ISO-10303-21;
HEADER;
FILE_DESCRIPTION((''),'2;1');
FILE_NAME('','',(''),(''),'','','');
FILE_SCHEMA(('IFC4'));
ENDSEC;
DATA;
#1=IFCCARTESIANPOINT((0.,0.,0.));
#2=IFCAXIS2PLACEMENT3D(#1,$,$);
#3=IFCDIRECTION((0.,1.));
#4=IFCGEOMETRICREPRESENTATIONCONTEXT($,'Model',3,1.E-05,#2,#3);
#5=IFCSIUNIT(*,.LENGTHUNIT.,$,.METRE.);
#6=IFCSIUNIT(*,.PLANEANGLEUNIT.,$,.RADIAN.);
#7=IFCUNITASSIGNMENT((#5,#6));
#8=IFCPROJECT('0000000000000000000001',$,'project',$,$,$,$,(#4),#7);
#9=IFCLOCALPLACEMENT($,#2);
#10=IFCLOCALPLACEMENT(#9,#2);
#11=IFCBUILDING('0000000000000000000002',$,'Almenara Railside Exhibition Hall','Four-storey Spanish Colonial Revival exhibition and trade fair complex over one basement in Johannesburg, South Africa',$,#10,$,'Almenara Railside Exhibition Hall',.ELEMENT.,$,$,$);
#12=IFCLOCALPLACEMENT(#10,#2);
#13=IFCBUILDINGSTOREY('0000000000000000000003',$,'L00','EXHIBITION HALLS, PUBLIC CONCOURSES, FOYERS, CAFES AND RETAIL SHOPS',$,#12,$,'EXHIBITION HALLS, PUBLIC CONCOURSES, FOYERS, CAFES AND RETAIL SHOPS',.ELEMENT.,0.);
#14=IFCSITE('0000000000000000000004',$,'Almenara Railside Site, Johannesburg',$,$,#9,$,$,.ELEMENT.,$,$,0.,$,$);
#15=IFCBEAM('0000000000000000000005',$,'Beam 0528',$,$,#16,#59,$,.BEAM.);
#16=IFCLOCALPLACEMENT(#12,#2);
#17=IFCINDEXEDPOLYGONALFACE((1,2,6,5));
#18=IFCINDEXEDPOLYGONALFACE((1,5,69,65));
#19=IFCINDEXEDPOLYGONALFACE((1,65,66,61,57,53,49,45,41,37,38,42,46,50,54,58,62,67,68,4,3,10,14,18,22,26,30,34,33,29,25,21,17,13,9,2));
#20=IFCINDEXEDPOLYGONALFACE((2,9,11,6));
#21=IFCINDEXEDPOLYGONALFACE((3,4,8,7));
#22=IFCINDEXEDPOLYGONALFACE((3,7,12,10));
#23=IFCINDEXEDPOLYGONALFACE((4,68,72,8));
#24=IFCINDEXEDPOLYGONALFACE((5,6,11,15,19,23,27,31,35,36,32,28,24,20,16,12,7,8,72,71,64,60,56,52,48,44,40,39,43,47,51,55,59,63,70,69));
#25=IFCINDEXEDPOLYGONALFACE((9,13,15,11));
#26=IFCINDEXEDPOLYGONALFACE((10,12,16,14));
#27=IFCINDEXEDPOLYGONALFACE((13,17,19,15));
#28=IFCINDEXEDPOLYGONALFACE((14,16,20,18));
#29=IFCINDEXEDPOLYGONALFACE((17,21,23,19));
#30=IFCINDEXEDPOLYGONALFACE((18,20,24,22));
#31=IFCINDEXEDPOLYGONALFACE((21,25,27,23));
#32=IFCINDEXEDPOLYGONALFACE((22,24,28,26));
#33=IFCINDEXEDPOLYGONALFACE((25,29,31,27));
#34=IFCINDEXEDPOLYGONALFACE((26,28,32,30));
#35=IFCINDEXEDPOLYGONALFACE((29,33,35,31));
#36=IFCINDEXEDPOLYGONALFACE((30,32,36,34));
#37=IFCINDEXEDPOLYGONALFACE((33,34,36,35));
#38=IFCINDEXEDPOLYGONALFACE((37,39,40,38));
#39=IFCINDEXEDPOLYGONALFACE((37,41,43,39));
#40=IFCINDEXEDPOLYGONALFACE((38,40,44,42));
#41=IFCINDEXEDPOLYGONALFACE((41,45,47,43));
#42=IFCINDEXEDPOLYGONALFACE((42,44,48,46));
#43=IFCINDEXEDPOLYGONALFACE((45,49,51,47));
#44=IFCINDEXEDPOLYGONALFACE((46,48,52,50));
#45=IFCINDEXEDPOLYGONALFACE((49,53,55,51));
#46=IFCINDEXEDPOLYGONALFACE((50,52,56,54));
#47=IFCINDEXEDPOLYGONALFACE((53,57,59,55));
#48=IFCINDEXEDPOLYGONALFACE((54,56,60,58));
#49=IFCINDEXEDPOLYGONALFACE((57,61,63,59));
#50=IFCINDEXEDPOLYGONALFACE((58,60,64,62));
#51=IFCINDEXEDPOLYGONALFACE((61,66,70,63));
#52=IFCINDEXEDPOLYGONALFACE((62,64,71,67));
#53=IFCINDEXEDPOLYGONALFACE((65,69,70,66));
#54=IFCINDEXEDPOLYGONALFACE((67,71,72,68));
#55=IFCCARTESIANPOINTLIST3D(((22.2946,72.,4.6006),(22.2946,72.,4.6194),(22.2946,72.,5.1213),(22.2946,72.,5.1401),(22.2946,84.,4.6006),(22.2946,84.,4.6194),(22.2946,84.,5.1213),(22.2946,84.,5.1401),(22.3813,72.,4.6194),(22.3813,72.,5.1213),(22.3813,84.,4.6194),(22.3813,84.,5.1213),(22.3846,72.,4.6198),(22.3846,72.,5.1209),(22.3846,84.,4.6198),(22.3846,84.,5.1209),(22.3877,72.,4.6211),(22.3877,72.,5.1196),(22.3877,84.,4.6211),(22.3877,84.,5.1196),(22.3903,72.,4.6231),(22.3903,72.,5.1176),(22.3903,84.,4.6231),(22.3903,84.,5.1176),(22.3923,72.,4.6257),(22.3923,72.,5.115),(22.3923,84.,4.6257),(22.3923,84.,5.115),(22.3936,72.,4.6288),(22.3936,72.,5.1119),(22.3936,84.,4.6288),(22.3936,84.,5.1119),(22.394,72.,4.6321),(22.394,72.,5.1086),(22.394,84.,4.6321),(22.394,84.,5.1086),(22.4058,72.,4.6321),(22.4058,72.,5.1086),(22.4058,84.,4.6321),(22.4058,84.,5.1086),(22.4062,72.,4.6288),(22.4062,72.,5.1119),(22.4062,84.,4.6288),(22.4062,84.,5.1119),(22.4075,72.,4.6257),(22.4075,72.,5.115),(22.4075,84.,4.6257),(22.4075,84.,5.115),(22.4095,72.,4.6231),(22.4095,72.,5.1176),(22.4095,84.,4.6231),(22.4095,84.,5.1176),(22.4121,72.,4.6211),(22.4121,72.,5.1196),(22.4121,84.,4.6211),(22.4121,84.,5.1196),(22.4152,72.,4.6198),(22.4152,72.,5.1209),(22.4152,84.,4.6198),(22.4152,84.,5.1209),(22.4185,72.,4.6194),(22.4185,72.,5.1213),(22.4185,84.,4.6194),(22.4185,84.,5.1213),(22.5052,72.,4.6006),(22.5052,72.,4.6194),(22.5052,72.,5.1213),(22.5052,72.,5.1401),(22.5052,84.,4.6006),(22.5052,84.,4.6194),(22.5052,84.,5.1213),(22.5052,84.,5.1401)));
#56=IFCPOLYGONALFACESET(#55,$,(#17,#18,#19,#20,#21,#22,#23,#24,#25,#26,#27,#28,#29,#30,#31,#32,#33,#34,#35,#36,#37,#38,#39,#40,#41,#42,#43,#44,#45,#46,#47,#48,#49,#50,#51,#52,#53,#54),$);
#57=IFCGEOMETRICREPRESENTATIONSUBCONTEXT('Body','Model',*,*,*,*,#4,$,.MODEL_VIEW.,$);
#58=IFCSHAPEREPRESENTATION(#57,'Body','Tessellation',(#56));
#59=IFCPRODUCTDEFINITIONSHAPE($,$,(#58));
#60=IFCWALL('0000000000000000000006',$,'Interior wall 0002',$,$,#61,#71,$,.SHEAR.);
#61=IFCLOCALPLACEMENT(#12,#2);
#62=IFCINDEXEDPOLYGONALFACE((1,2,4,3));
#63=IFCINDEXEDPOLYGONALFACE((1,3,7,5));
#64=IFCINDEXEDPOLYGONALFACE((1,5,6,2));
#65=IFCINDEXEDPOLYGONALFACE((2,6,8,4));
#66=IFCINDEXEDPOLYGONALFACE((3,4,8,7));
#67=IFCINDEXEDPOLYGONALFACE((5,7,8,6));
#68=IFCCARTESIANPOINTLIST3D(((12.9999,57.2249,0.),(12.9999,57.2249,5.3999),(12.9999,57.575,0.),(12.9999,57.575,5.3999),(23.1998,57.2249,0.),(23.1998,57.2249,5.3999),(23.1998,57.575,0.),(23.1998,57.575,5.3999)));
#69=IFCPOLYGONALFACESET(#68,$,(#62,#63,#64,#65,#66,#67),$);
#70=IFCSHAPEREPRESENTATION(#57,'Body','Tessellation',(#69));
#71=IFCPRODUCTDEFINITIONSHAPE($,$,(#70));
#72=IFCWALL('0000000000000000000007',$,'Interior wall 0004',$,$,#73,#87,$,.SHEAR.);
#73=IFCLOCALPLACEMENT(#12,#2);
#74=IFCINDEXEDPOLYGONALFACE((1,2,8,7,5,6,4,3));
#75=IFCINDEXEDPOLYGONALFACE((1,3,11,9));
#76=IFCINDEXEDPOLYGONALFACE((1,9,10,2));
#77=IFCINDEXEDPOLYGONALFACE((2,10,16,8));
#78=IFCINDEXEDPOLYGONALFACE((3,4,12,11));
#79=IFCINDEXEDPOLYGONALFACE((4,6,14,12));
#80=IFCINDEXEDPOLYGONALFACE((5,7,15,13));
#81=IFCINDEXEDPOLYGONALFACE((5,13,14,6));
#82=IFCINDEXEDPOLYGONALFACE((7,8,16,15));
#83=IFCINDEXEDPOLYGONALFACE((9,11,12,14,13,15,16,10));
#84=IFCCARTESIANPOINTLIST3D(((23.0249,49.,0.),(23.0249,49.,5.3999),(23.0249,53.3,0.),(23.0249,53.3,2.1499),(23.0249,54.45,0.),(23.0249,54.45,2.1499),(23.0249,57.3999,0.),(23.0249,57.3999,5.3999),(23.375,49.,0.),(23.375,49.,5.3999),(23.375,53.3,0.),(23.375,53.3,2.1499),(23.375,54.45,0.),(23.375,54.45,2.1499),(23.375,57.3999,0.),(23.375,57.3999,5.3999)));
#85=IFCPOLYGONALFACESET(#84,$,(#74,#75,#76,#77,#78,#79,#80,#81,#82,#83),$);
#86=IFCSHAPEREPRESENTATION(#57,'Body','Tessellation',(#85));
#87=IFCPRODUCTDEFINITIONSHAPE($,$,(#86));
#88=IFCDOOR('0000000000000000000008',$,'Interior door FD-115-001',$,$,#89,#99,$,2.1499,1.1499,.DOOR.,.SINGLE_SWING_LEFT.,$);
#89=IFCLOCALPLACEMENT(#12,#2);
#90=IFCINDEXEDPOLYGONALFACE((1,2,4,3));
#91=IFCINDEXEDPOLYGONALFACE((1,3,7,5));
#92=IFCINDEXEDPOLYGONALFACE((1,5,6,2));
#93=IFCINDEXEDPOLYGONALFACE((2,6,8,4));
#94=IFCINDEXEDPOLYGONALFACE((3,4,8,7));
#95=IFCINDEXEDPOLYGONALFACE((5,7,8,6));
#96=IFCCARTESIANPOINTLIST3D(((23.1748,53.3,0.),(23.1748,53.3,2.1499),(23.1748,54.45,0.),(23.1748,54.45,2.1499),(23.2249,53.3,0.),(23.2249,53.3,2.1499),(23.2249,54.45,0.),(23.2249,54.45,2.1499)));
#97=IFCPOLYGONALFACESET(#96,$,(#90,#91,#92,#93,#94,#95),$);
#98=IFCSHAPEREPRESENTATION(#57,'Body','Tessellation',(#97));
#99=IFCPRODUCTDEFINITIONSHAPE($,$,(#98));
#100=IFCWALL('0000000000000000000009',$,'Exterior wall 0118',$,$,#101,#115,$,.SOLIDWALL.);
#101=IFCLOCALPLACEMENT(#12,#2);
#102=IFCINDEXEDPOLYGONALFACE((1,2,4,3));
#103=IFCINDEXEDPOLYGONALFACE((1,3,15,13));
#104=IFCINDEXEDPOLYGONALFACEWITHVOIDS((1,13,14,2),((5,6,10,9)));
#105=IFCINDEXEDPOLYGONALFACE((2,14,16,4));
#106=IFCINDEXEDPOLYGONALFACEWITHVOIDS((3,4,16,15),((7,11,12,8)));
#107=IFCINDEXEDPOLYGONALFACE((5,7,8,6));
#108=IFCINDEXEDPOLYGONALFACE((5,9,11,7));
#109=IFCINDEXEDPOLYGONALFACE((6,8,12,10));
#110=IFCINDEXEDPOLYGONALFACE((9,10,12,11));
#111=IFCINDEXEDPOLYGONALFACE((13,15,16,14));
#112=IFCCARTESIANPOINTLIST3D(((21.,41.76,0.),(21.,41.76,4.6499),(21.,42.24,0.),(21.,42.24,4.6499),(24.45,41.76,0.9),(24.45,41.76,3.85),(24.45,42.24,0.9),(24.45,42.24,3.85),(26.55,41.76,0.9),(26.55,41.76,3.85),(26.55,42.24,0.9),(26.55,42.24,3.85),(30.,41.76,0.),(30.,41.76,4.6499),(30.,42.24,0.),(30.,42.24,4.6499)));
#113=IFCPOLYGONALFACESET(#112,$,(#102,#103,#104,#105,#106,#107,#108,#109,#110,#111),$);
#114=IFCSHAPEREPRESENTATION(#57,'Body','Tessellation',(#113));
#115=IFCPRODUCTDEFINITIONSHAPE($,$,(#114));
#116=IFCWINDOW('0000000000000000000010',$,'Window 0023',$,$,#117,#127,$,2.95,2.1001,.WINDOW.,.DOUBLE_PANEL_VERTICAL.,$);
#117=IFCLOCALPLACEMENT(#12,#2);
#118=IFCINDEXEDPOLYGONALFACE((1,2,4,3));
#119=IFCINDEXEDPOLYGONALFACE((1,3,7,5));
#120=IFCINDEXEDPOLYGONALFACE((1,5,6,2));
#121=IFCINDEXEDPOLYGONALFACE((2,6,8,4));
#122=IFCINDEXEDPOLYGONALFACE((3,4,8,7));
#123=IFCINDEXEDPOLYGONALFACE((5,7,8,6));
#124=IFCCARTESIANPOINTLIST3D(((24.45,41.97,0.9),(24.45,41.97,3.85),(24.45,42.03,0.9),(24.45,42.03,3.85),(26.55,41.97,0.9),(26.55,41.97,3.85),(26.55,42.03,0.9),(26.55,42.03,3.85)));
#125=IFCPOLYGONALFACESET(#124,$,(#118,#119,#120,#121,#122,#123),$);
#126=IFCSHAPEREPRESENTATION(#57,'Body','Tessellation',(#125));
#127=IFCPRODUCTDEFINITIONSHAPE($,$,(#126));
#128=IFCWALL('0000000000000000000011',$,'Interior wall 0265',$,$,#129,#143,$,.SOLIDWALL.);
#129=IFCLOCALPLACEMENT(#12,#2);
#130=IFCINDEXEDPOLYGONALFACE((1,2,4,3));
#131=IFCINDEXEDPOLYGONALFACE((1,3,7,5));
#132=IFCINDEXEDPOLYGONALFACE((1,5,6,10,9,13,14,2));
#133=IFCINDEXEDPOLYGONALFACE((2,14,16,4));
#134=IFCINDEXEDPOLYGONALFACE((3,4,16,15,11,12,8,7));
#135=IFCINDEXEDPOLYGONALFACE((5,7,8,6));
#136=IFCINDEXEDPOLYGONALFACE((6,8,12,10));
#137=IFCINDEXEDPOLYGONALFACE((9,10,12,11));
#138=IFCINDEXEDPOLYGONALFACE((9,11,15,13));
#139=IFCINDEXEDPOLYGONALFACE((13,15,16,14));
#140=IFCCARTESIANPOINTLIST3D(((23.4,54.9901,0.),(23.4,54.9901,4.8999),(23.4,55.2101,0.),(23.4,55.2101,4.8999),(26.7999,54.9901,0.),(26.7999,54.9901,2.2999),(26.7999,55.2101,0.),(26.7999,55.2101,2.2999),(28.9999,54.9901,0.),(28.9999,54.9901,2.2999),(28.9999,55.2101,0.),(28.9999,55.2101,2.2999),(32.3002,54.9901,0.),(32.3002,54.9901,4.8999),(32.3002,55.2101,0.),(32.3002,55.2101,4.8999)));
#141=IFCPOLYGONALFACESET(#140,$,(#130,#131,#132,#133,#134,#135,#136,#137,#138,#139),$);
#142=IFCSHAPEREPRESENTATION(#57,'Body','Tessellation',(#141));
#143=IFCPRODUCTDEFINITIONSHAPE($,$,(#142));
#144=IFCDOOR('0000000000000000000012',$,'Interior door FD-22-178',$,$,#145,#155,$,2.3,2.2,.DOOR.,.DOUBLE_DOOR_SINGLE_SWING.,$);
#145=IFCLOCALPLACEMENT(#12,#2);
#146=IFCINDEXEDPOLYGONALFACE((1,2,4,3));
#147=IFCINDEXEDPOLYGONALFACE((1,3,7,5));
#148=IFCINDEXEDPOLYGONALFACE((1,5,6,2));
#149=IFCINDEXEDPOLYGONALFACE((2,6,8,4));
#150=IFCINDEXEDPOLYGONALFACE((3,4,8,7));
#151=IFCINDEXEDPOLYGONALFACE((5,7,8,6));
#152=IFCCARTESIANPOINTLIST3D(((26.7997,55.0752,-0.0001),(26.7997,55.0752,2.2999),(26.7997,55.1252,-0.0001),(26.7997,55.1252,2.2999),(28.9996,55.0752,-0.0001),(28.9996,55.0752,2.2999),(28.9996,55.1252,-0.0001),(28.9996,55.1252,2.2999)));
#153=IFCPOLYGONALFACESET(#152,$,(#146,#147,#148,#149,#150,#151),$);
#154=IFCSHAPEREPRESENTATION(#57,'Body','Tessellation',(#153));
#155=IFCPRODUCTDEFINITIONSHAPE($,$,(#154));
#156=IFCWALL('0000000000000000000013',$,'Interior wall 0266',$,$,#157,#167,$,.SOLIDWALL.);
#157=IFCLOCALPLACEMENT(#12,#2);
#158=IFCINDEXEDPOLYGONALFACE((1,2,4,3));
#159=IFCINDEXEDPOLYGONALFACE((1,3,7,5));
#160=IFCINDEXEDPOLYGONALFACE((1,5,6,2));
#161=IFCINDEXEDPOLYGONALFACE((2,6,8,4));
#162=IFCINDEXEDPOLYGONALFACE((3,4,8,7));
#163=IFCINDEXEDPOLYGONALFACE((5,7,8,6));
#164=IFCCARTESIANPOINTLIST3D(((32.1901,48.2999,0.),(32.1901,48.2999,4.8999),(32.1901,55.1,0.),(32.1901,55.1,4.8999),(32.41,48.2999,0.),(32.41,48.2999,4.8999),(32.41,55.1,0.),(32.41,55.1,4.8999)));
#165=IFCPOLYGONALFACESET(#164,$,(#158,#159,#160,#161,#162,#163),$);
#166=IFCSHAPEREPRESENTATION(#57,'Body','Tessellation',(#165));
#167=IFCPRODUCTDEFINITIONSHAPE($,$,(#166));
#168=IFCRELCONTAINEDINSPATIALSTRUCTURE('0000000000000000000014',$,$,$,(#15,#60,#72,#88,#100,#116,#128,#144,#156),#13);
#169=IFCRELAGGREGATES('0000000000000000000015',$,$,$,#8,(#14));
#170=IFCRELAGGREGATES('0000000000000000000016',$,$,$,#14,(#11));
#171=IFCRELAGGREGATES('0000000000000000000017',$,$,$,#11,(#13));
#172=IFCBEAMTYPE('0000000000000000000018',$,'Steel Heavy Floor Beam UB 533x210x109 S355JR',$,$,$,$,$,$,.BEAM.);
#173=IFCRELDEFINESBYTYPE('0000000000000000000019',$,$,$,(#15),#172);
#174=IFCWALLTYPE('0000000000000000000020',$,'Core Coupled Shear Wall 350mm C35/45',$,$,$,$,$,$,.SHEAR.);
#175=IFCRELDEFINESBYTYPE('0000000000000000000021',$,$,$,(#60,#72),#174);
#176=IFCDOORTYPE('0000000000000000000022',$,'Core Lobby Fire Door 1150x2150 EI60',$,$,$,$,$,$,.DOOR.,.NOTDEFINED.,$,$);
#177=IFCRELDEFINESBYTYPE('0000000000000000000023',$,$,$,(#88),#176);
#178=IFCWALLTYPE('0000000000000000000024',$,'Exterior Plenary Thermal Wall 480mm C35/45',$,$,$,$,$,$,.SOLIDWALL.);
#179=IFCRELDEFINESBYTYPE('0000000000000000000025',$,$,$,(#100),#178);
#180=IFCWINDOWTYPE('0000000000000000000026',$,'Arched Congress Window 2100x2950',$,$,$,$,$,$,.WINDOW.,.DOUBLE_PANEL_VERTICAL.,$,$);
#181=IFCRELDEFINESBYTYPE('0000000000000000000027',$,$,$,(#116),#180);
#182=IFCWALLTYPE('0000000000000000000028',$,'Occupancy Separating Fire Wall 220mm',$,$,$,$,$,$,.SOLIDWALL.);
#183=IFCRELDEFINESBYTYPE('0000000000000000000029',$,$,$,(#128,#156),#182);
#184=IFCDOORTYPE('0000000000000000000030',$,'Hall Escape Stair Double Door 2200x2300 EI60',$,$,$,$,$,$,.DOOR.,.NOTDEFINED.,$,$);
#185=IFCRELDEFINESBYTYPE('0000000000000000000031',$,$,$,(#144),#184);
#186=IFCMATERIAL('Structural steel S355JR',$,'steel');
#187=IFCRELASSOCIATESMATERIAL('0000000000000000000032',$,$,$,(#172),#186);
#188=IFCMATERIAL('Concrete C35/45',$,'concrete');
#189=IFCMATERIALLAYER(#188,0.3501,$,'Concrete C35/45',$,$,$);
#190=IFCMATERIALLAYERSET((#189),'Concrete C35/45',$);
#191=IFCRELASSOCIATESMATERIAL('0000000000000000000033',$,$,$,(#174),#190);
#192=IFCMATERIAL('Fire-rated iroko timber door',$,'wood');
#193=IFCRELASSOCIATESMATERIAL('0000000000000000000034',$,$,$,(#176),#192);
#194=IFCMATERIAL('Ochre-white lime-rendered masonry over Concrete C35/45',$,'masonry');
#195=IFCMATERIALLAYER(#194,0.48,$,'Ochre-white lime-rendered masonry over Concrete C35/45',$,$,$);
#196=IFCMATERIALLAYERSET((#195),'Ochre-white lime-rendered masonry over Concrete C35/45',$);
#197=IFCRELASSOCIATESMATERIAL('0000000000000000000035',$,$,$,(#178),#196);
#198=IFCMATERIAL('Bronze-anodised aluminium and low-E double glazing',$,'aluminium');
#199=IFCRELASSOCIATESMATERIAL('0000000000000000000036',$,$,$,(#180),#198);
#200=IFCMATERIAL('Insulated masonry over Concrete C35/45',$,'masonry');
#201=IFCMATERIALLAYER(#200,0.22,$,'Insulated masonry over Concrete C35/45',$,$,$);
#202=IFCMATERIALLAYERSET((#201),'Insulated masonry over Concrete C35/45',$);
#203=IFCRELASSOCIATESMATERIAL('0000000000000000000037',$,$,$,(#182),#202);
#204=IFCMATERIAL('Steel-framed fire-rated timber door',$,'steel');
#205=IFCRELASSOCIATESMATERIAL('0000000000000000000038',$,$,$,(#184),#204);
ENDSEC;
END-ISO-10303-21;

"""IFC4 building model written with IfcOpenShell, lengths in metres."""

from ifc_helpers import new_model, si_unit, direction, frame, frame_2d, origin, origin_2d, place, context, subcontext, project, spatial, rectangle, i_section, extrude, material, layer, layer_set, material_profile, profile_set, type_object, element, fill, save


model = new_model("IFC4")

# Units and contexts
model_context = context("Model", 3, precision=1e-05, world=origin(), true_north=direction((0.0, 1.0)))
body_context = subcontext(model_context, "Body", "Model", "MODEL_VIEW")
ifc_project = project(units=[si_unit("LENGTHUNIT", "METRE"), si_unit("PLANEANGLEUNIT", "RADIAN")], contexts=[model_context])

# Site, building, storey
site_placement = place(None, origin())
site = spatial("IfcSite", under=ifc_project, at=site_placement, Name="Almenara Railside Site, Johannesburg", CompositionType="ELEMENT", RefElevation=0.0)
building_placement = place(site_placement, origin())
building = spatial("IfcBuilding", under=site, at=building_placement, Name="Almenara Railside Exhibition Hall", Description="Four-storey Spanish Colonial Revival exhibition and trade fair complex over one basement in Johannesburg, South Africa", LongName="Almenara Railside Exhibition Hall", CompositionType="ELEMENT")
storey_placement = place(building_placement, origin())
storey = spatial("IfcBuildingStorey", under=building, at=storey_placement, Name="L00", Description="EXHIBITION HALLS, PUBLIC CONCOURSES, FOYERS, CAFES AND RETAIL SHOPS", LongName="EXHIBITION HALLS, PUBLIC CONCOURSES, FOYERS, CAFES AND RETAIL SHOPS", CompositionType="ELEMENT", Elevation=0.0)

# Beam
ifc_material_1 = material(Name="Structural steel S355JR", Category="steel")
ifc_material_profile_1 = material_profile(ifc_material_1, i_section(OverallWidth=0.2107, OverallDepth=0.5396, WebThickness=0.0117, FlangeThickness=0.0188, FilletRadius=0.0127, at=origin_2d()), Name="UB 533x210x109")
ifc_profile_set_1 = profile_set([ifc_material_profile_1], Name="Structural steel S355JR")
beam_type_1 = type_object("IfcBeamType", Name="Steel Heavy Floor Beam UB 533x210x109 S355JR", PredefinedType="BEAM", material=ifc_profile_set_1)
for number, where, z_axis, x_axis, name in (
    (1, (22.3999, 72.0, 4.8704), (0.0, 1.0, 0.0), (-1.0, 0.0, 0.0), "Beam 0528"),
):
    element("IfcBeam", number, at=place(storey_placement, frame(where, z_axis=z_axis, x_axis=x_axis)), inside=storey, type_object=beam_type_1, Name=name, PredefinedType="BEAM", context=body_context, shape_type="SweptSolid", body=[
        extrude(i_section(OverallWidth=0.2107, OverallDepth=0.5396, WebThickness=0.0117, FlangeThickness=0.0188, FilletRadius=0.0127, at=origin_2d()), origin(), (0.0, 0.0, 1.0), 12.0),
    ])

# Wall
ifc_material_2 = material(Name="Concrete C35/45", Category="concrete")
ifc_layer_1 = layer(ifc_material_2, 0.3501, Name="Concrete C35/45")
ifc_layer_set_1 = layer_set([ifc_layer_1], Name="Concrete C35/45")
wall_type_1 = type_object("IfcWallType", Name="Core Coupled Shear Wall 350mm C35/45", PredefinedType="SHEAR", material=ifc_layer_set_1)
wall_1_placement = place(storey_placement, frame((23.2, 57.3999, 0.0), z_axis=(0.0, 0.0, 1.0), x_axis=(-1.0, 0.0, 0.0)))
element("IfcWall", 2, at=wall_1_placement, inside=storey, type_object=wall_type_1, Name="Interior wall 0002", PredefinedType="SHEAR", context=body_context, shape_type="SweptSolid", body=[
    extrude(rectangle(XDim=10.2, YDim=0.3501, at=frame_2d((5.1001, 0.0))), origin(), (0.0, 0.0, 1.0), 5.3999),
])

# Wall, opening, door
wall_2_placement = place(storey_placement, frame((23.2, 49.0, 0.0), z_axis=(0.0, 0.0, 1.0), x_axis=(0.0, 1.0, 0.0)))
wall_2 = element("IfcWall", 3, at=wall_2_placement, inside=storey, type_object=wall_type_1, Name="Interior wall 0004", PredefinedType="SHEAR", context=body_context, shape_type="SweptSolid", body=[
    extrude(rectangle(XDim=8.3999, YDim=0.3501, at=frame_2d((4.2, 0.0))), origin(), (0.0, 0.0, 1.0), 5.3999),
])
opening_1_placement = place(wall_2_placement, frame((4.3, 0.0, 0.0)))
opening_1 = element("IfcOpeningElement", 4, at=opening_1_placement, cuts=wall_2, PredefinedType="OPENING", context=body_context, shape_type="SweptSolid", body=[
    extrude(rectangle(XDim=1.1499, YDim=2.1499, at=frame_2d((0.575, 1.075))), frame((0.0, 0.1851, 0.0), z_axis=(0.0, -1.0, 0.0), x_axis=(1.0, 0.0, 0.0)), (0.0, 0.0, 1.0), 0.3701),
])
ifc_material_3 = material(Name="Fire-rated iroko timber door", Category="wood")
door_type_1 = type_object("IfcDoorType", Name="Core Lobby Fire Door 1150x2150 EI60", OperationType="NOTDEFINED", PredefinedType="DOOR", material=ifc_material_3)
door_1_placement = place(opening_1_placement, frame((1.1499, 0.0, 0.0), z_axis=(0.0, 0.0, 1.0), x_axis=(-1.0, 0.0, 0.0)))
door_1 = element("IfcDoor", 5, at=door_1_placement, inside=storey, type_object=door_type_1, Name="Interior door FD-115-001", OperationType="SINGLE_SWING_LEFT", OverallHeight=2.1499, OverallWidth=1.1499, PredefinedType="DOOR", context=body_context, shape_type="SweptSolid", body=[
    extrude(rectangle(XDim=1.1499, YDim=2.1499, at=frame_2d((0.575, 1.075))), frame((0.0, 0.0249, 0.0), z_axis=(0.0, -1.0, 0.0), x_axis=(1.0, 0.0, 0.0)), (0.0, 0.0, 1.0), 0.05),
])
fill(opening_1, door_1)

# Wall, opening, window
ifc_material_4 = material(Name="Ochre-white lime-rendered masonry over Concrete C35/45", Category="masonry")
ifc_layer_2 = layer(ifc_material_4, 0.48, Name="Ochre-white lime-rendered masonry over Concrete C35/45")
ifc_layer_set_2 = layer_set([ifc_layer_2], Name="Ochre-white lime-rendered masonry over Concrete C35/45")
wall_type_2 = type_object("IfcWallType", Name="Exterior Plenary Thermal Wall 480mm C35/45", PredefinedType="SOLIDWALL", material=ifc_layer_set_2)
wall_3_placement = place(storey_placement, frame((30.0, 42.0, 0.0), z_axis=(0.0, 0.0, 1.0), x_axis=(-1.0, 0.0, 0.0)))
wall_3 = element("IfcWall", 6, at=wall_3_placement, inside=storey, type_object=wall_type_2, Name="Exterior wall 0118", PredefinedType="SOLIDWALL", context=body_context, shape_type="SweptSolid", body=[
    extrude(rectangle(XDim=9.0, YDim=0.48, at=frame_2d((4.5, 0.0))), origin(), (0.0, 0.0, 1.0), 4.6499),
])
opening_2_placement = place(wall_3_placement, frame((3.45, 0.0, 0.8999)))
opening_2 = element("IfcOpeningElement", 7, at=opening_2_placement, cuts=wall_3, PredefinedType="OPENING", context=body_context, shape_type="SweptSolid", body=[
    extrude(rectangle(XDim=2.1001, YDim=2.95, at=frame_2d((1.05, 1.4751))), frame((0.0, 0.25, 0.0), z_axis=(0.0, -1.0, 0.0), x_axis=(1.0, 0.0, 0.0)), (0.0, 0.0, 1.0), 0.5),
])
ifc_material_5 = material(Name="Bronze-anodised aluminium and low-E double glazing", Category="aluminium")
window_type = type_object("IfcWindowType", Name="Arched Congress Window 2100x2950", PartitioningType="DOUBLE_PANEL_VERTICAL", PredefinedType="WINDOW", material=ifc_material_5)
window_placement = place(opening_2_placement, origin())
window = element("IfcWindow", 8, at=window_placement, inside=storey, type_object=window_type, Name="Window 0023", OverallHeight=2.95, OverallWidth=2.1001, PartitioningType="DOUBLE_PANEL_VERTICAL", PredefinedType="WINDOW", context=body_context, shape_type="SweptSolid", body=[
    extrude(rectangle(XDim=2.1001, YDim=2.95, at=frame_2d((1.05, 1.4751))), frame((0.0, 0.03, 0.0), z_axis=(0.0, -1.0, 0.0), x_axis=(1.0, 0.0, 0.0)), (0.0, 0.0, 1.0), 0.0601),
])
fill(opening_2, window)

# Wall, opening, door
ifc_material_6 = material(Name="Insulated masonry over Concrete C35/45", Category="masonry")
ifc_layer_3 = layer(ifc_material_6, 0.22, Name="Insulated masonry over Concrete C35/45")
ifc_layer_set_3 = layer_set([ifc_layer_3], Name="Insulated masonry over Concrete C35/45")
wall_type_3 = type_object("IfcWallType", Name="Occupancy Separating Fire Wall 220mm", PredefinedType="SOLIDWALL", material=ifc_layer_set_3)
wall_4_placement = place(storey_placement, frame((23.3999, 55.1001, 0.0), z_axis=(0.0, 0.0, 1.0), x_axis=(1.0, 0.0, 0.0)))
wall_4 = element("IfcWall", 9, at=wall_4_placement, inside=storey, type_object=wall_type_3, Name="Interior wall 0265", PredefinedType="SOLIDWALL", context=body_context, shape_type="SweptSolid", body=[
    extrude(rectangle(XDim=8.9001, YDim=0.22, at=frame_2d((4.4502, 0.0))), origin(), (0.0, 0.0, 1.0), 4.8999),
])
opening_3_placement = place(wall_4_placement, frame((3.3999, 0.0, 0.0)))
opening_3 = element("IfcOpeningElement", 10, at=opening_3_placement, cuts=wall_4, PredefinedType="OPENING", context=body_context, shape_type="SweptSolid", body=[
    extrude(rectangle(XDim=2.2, YDim=2.3, at=frame_2d((1.1001, 1.1499))), frame((0.0, 0.1199, 0.0), z_axis=(0.0, -1.0, 0.0), x_axis=(1.0, 0.0, 0.0)), (0.0, 0.0, 1.0), 0.24),
])
ifc_material_7 = material(Name="Steel-framed fire-rated timber door", Category="steel")
door_type_2 = type_object("IfcDoorType", Name="Hall Escape Stair Double Door 2200x2300 EI60", OperationType="NOTDEFINED", PredefinedType="DOOR", material=ifc_material_7)
door_2_placement = place(opening_3_placement, frame((2.2, 0.0, 0.0), z_axis=(0.0, 0.0, 1.0), x_axis=(-1.0, 0.0, 0.0)))
door_2 = element("IfcDoor", 11, at=door_2_placement, inside=storey, type_object=door_type_2, Name="Interior door FD-22-178", OperationType="DOUBLE_DOOR_SINGLE_SWING", OverallHeight=2.3, OverallWidth=2.2, PredefinedType="DOOR", context=body_context, shape_type="SweptSolid", body=[
    extrude(rectangle(XDim=2.2, YDim=2.3, at=frame_2d((1.1001, 1.1499))), frame((0.0, 0.0249, 0.0), z_axis=(0.0, -1.0, 0.0), x_axis=(1.0, 0.0, 0.0)), (0.0, 0.0, 1.0), 0.05),
])
fill(opening_3, door_2)

# Wall
wall_5_placement = place(storey_placement, frame((32.3, 48.3, 0.0), z_axis=(0.0, 0.0, 1.0), x_axis=(0.0, 1.0, 0.0)))
element("IfcWall", 12, at=wall_5_placement, inside=storey, type_object=wall_type_3, Name="Interior wall 0266", PredefinedType="SOLIDWALL", context=body_context, shape_type="SweptSolid", body=[
    extrude(rectangle(XDim=6.8, YDim=0.22, at=frame_2d((3.3999, 0.0))), origin(), (0.0, 0.0, 1.0), 4.8999),
])

save(model, "model.ifc")
